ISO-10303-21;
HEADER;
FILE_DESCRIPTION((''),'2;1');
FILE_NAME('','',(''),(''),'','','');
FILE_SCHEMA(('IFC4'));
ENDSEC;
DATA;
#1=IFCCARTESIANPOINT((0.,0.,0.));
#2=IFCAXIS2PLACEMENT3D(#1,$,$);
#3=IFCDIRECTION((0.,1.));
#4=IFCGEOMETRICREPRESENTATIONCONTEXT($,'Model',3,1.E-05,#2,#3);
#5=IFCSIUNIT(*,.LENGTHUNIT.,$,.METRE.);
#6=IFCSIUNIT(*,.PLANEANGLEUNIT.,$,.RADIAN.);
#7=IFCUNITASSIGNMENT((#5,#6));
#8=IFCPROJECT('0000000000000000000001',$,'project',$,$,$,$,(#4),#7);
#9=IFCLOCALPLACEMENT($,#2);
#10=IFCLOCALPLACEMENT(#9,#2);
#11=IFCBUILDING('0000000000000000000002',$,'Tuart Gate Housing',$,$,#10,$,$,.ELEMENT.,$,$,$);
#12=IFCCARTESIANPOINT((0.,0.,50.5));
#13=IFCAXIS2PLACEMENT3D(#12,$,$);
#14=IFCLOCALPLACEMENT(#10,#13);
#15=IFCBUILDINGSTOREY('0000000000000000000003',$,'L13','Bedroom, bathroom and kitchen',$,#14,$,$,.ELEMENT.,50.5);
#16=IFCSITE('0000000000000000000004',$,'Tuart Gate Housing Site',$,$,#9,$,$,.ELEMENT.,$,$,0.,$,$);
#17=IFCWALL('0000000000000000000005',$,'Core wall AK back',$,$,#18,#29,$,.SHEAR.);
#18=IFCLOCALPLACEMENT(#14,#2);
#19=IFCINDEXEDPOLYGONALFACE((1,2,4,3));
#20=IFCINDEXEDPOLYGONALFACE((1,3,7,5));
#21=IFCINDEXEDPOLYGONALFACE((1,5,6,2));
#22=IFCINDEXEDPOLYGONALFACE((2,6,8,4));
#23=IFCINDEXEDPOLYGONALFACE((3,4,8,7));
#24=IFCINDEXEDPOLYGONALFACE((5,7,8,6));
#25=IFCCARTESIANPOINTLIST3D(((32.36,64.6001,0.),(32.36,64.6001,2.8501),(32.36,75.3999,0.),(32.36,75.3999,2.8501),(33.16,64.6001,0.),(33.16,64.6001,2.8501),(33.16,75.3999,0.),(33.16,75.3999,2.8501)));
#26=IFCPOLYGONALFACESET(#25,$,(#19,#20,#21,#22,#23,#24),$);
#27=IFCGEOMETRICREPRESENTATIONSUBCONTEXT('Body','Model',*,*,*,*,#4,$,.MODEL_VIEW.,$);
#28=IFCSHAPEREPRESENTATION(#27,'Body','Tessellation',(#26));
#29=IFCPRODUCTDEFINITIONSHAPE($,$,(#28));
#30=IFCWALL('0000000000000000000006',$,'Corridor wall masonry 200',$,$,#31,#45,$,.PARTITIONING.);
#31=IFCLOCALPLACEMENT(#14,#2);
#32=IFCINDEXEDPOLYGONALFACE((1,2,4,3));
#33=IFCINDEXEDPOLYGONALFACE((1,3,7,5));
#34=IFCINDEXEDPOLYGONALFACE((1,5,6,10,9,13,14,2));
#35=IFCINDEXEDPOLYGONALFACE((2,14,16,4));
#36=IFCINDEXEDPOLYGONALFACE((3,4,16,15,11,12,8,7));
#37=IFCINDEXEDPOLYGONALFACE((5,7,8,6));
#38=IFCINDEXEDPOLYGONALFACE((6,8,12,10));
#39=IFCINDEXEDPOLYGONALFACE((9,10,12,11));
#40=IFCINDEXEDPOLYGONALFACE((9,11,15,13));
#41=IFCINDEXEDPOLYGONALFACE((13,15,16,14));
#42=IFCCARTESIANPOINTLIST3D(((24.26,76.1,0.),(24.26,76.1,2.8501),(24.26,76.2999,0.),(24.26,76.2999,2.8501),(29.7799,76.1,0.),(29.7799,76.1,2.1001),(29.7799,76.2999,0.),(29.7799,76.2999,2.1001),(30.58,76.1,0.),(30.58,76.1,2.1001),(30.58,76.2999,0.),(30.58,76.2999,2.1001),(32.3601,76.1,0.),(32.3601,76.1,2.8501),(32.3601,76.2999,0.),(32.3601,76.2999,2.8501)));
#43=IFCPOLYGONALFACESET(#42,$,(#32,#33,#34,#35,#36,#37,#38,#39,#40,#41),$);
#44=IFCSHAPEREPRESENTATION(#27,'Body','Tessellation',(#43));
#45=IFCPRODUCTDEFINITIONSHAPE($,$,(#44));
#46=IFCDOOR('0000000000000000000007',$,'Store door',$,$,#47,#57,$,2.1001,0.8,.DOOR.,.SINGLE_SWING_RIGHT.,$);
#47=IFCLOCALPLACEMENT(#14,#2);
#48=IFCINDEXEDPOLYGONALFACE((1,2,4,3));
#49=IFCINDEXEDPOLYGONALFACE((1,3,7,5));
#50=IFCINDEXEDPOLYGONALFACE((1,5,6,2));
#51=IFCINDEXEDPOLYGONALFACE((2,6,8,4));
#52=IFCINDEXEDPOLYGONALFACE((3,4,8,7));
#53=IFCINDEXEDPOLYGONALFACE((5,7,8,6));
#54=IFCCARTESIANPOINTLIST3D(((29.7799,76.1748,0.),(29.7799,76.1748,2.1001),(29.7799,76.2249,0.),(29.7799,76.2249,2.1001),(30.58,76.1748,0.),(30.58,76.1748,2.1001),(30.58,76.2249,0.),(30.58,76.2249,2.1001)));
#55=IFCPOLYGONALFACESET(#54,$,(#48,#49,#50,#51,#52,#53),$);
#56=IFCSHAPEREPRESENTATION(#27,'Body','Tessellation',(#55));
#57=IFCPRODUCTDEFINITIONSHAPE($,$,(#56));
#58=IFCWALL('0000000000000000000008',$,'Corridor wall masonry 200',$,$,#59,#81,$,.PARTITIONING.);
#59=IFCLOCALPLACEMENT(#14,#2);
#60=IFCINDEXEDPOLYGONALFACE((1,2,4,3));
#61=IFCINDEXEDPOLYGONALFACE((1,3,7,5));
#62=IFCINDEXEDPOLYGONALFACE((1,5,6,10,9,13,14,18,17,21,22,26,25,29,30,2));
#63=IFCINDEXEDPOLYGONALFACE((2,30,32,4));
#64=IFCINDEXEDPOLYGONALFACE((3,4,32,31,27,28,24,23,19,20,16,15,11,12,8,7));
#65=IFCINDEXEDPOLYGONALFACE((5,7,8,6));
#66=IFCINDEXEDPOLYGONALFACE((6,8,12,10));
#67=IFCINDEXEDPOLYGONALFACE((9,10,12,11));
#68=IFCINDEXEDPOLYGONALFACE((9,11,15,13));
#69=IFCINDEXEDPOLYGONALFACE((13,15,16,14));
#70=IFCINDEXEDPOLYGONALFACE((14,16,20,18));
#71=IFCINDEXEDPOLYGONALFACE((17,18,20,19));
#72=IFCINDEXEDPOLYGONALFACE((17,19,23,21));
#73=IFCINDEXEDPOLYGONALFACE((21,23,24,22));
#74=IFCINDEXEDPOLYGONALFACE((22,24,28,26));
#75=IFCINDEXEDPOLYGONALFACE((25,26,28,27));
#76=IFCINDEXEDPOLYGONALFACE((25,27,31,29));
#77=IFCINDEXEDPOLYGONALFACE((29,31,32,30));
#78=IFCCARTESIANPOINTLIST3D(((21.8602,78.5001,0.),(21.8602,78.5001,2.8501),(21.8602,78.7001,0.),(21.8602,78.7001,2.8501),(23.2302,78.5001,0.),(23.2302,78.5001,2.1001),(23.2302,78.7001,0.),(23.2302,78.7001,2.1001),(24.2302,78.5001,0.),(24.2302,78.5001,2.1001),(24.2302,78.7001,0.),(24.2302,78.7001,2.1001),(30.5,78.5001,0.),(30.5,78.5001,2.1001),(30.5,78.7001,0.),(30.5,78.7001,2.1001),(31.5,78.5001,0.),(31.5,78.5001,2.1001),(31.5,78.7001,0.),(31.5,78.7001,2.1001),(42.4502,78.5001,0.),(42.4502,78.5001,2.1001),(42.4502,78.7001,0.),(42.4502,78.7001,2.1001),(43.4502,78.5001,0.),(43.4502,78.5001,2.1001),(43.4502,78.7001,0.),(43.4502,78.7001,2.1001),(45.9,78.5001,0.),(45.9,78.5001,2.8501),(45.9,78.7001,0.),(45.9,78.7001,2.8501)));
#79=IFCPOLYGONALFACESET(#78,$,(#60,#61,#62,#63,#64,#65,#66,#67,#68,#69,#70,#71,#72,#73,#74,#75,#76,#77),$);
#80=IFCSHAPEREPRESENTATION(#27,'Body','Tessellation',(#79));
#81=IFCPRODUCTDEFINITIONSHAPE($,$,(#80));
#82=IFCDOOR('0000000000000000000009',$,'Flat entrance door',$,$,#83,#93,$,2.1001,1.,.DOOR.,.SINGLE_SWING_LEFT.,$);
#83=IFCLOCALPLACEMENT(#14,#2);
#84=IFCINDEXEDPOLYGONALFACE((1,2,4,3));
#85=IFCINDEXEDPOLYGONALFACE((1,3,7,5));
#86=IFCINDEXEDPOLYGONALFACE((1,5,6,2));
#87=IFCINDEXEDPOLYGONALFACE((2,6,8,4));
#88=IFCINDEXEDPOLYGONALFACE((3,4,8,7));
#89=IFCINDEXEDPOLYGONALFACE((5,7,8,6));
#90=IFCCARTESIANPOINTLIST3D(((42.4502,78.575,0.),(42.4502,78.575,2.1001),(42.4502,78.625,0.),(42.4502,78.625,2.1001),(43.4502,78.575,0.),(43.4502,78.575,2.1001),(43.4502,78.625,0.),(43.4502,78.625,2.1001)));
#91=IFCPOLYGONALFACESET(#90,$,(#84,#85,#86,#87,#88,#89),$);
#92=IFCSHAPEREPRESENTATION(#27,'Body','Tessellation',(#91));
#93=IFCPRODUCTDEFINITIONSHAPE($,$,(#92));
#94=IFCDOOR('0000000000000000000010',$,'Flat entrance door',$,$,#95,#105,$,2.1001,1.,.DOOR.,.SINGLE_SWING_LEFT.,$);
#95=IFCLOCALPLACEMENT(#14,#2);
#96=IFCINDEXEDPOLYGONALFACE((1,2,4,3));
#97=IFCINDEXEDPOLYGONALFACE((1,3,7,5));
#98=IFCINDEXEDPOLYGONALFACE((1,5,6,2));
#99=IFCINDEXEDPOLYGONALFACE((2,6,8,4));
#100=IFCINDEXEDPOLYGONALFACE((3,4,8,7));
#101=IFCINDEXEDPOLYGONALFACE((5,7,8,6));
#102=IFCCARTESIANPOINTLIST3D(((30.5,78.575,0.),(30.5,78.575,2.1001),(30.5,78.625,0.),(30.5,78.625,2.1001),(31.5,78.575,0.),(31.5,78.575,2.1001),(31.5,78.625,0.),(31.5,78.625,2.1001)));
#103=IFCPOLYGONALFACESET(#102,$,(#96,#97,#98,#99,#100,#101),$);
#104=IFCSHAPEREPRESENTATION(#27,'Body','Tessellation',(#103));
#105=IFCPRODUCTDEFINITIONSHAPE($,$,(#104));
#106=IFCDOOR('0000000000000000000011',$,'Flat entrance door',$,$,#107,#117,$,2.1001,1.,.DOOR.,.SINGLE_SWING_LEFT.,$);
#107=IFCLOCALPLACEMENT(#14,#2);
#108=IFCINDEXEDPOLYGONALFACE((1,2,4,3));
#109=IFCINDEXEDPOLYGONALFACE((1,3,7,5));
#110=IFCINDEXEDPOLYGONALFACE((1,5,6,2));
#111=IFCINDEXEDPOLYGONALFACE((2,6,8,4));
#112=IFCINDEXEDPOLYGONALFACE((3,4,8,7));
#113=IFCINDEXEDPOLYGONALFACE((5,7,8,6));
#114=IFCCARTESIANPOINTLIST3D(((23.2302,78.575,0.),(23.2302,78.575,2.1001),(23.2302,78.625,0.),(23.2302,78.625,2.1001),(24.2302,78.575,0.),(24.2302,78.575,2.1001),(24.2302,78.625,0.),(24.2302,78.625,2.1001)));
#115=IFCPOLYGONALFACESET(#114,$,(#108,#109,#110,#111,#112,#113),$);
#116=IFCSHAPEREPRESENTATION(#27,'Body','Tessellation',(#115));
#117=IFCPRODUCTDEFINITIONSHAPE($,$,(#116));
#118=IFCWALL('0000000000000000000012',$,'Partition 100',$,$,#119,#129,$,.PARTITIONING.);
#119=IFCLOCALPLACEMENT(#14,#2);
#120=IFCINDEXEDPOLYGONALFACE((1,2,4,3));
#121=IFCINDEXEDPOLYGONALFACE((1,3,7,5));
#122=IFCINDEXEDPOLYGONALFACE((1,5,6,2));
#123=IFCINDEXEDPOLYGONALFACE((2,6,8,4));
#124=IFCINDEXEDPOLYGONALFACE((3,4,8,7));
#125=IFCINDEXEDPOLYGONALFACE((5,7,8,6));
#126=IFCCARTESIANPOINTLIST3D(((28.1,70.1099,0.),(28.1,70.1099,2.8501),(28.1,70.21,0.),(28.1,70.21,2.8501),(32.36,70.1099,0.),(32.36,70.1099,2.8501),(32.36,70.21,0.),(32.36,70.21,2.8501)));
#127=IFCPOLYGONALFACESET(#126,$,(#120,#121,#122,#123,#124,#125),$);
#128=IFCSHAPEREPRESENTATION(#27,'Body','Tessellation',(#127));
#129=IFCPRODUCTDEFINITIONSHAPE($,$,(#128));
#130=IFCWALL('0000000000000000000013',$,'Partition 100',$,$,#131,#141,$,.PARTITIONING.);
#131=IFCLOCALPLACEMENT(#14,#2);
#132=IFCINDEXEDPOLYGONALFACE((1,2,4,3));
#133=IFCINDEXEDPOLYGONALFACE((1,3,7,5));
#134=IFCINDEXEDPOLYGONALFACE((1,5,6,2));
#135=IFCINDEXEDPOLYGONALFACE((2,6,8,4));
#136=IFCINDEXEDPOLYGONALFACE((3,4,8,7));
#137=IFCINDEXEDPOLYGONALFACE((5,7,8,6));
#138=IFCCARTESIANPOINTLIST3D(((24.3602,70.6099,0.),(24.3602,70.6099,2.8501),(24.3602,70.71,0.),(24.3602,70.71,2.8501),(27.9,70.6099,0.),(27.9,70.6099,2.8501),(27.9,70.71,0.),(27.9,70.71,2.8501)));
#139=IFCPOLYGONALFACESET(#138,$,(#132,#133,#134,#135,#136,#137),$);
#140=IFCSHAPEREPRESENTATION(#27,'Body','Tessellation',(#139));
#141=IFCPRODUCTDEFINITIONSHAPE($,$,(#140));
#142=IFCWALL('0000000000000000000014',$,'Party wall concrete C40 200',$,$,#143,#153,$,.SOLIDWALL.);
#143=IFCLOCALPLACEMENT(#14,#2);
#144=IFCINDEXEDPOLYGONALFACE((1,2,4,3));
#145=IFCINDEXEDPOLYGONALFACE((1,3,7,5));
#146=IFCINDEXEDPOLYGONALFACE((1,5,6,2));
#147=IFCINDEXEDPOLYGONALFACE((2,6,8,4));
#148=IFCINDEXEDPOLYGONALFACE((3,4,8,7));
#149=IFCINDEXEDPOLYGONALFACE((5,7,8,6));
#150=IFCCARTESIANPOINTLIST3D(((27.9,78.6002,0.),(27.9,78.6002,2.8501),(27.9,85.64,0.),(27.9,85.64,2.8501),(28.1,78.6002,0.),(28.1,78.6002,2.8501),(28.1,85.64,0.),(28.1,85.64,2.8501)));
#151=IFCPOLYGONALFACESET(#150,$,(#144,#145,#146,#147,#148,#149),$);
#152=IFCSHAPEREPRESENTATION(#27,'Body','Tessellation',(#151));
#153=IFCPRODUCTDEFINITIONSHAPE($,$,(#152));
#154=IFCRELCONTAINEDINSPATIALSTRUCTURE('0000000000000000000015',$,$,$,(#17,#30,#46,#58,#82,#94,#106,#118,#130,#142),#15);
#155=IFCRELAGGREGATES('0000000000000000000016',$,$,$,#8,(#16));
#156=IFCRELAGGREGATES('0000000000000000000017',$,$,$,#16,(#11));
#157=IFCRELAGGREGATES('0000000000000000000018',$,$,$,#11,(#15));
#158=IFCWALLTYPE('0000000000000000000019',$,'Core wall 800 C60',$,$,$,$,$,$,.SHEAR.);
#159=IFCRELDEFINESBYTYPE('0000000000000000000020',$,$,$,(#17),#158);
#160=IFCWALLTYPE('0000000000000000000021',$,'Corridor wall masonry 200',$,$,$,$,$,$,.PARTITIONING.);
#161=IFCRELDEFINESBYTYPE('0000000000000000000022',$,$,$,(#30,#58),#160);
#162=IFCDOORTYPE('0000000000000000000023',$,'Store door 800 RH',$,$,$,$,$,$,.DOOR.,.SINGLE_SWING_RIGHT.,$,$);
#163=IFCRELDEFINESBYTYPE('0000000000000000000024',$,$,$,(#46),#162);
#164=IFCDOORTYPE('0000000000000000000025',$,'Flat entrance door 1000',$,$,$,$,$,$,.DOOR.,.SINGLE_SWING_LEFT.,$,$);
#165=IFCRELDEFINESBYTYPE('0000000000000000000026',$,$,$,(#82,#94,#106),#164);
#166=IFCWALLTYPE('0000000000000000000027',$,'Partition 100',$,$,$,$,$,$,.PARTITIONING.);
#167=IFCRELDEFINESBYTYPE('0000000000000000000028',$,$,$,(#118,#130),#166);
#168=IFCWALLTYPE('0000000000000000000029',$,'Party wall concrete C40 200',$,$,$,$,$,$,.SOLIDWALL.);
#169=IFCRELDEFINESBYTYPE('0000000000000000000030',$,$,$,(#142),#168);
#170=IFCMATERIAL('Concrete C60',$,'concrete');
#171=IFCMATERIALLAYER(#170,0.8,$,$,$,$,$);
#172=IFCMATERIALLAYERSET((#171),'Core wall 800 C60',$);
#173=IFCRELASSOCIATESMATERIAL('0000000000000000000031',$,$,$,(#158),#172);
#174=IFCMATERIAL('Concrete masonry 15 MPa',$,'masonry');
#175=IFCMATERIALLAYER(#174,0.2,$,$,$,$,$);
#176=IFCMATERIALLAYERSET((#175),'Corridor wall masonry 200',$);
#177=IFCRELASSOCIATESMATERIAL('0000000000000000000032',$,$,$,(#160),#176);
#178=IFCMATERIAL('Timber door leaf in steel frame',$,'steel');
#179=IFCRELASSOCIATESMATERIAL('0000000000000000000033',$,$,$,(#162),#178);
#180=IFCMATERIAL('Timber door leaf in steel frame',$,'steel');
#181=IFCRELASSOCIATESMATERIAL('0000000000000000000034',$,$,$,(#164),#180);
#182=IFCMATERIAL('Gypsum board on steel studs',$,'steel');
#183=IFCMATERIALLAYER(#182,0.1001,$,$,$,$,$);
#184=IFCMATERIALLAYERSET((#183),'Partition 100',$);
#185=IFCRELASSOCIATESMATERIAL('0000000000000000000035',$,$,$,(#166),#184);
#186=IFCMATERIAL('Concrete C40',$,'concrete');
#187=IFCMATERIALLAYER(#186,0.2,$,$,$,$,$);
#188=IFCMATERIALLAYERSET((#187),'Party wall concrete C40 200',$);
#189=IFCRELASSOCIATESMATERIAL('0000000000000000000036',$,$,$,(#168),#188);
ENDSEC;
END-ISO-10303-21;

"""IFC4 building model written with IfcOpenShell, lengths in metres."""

from ifc_helpers import new_model, si_unit, direction, frame, frame_2d, origin, place, context, subcontext, project, spatial, rectangle, extrude, material, layer, layer_set, type_object, element, fill, save


model = new_model("IFC4")

# Units and contexts
model_context = context("Model", 3, precision=1e-05, world=origin(), true_north=direction((0.0, 1.0)))
body_context = subcontext(model_context, "Body", "Model", "MODEL_VIEW")
ifc_project = project(units=[si_unit("LENGTHUNIT", "METRE"), si_unit("PLANEANGLEUNIT", "RADIAN")], contexts=[model_context])

# Site, building, storey
site_placement = place(None, origin())
site = spatial("IfcSite", under=ifc_project, at=site_placement, Name="Tuart Gate Housing Site", CompositionType="ELEMENT", RefElevation=0.0)
building_placement = place(site_placement, origin())
building = spatial("IfcBuilding", under=site, at=building_placement, Name="Tuart Gate Housing", CompositionType="ELEMENT")
storey_placement = place(building_placement, frame((0.0, 0.0, 50.5)))
storey = spatial("IfcBuildingStorey", under=building, at=storey_placement, Name="L13", Description="Bedroom, bathroom and kitchen", CompositionType="ELEMENT", Elevation=50.5)

# Wall
ifc_material_1 = material(Name="Concrete C60", Category="concrete")
ifc_layer_1 = layer(ifc_material_1, 0.8)
ifc_layer_set_1 = layer_set([ifc_layer_1], Name="Core wall 800 C60")
wall_type_1 = type_object("IfcWallType", Name="Core wall 800 C60", PredefinedType="SHEAR", material=ifc_layer_set_1)
wall_1_placement = place(storey_placement, frame((32.76, 75.3999, 0.0), z_axis=(0.0, 0.0, 1.0), x_axis=(0.0, -1.0, 0.0)))
element("IfcWall", 1, at=wall_1_placement, inside=storey, type_object=wall_type_1, Name="Core wall AK back", PredefinedType="SHEAR", context=body_context, shape_type="SweptSolid", body=[
    extrude(rectangle(XDim=10.7998, YDim=0.8, at=frame_2d((5.3999, 0.0))), origin(), (0.0, 0.0, 1.0), 2.8501),
])

# Wall, opening, door
ifc_material_2 = material(Name="Concrete masonry 15 MPa", Category="masonry")
ifc_layer_2 = layer(ifc_material_2, 0.2)
ifc_layer_set_2 = layer_set([ifc_layer_2], Name="Corridor wall masonry 200")
wall_type_2 = type_object("IfcWallType", Name="Corridor wall masonry 200", PredefinedType="PARTITIONING", material=ifc_layer_set_2)
wall_2_placement = place(storey_placement, frame((24.26, 76.2, 0.0), z_axis=(0.0, 0.0, 1.0), x_axis=(1.0, 0.0, 0.0)))
wall_2 = element("IfcWall", 2, at=wall_2_placement, inside=storey, type_object=wall_type_2, Name="Corridor wall masonry 200", PredefinedType="PARTITIONING", context=body_context, shape_type="SweptSolid", body=[
    extrude(rectangle(XDim=8.1001, YDim=0.2, at=frame_2d((4.05, 0.0))), origin(), (0.0, 0.0, 1.0), 2.8501),
])
opening_1_placement = place(wall_2_placement, frame((5.52, 0.0, 0.0)))
opening_1 = element("IfcOpeningElement", 3, at=opening_1_placement, cuts=wall_2, PredefinedType="OPENING", context=body_context, shape_type="SweptSolid", body=[
    extrude(rectangle(XDim=0.8, YDim=2.1001, at=frame_2d((0.3999, 1.05))), frame((0.0, 0.1099, 0.0), z_axis=(0.0, -1.0, 0.0), x_axis=(1.0, 0.0, 0.0)), (0.0, 0.0, 1.0), 0.22),
])
ifc_material_3 = material(Name="Timber door leaf in steel frame", Category="steel")
door_type_1 = type_object("IfcDoorType", Name="Store door 800 RH", OperationType="SINGLE_SWING_RIGHT", PredefinedType="DOOR", material=ifc_material_3)
door_1_placement = place(opening_1_placement, frame((0.8, 0.0, 0.0), z_axis=(0.0, 0.0, 1.0), x_axis=(-1.0, 0.0, 0.0)))
door_1 = element("IfcDoor", 4, at=door_1_placement, inside=storey, type_object=door_type_1, Name="Store door", OperationType="SINGLE_SWING_RIGHT", OverallHeight=2.1001, OverallWidth=0.8, PredefinedType="DOOR", context=body_context, shape_type="SweptSolid", body=[
    extrude(rectangle(XDim=0.8, YDim=2.1001, at=frame_2d((0.4001, 1.05))), frame((0.0, 0.0251, 0.0), z_axis=(0.0, -1.0, 0.0), x_axis=(1.0, 0.0, 0.0)), (0.0, 0.0, 1.0), 0.05),
])
fill(opening_1, door_1)

# Wall, openings, doors
wall_3_placement = place(storey_placement, frame((21.8601, 78.6001, 0.0), z_axis=(0.0, 0.0, 1.0), x_axis=(1.0, 0.0, 0.0)))
wall_3 = element("IfcWall", 5, at=wall_3_placement, inside=storey, type_object=wall_type_2, Name="Corridor wall masonry 200", PredefinedType="PARTITIONING", context=body_context, shape_type="SweptSolid", body=[
    extrude(rectangle(XDim=24.0398, YDim=0.2, at=frame_2d((12.02, 0.0))), origin(), (0.0, 0.0, 1.0), 2.8501),
])
opening_2_placement = place(wall_3_placement, frame((20.5901, 0.0, 0.0)))
opening_2 = element("IfcOpeningElement", 6, at=opening_2_placement, cuts=wall_3, PredefinedType="OPENING", context=body_context, shape_type="SweptSolid", body=[
    extrude(rectangle(XDim=1.0, YDim=2.1001, at=frame_2d((0.5, 1.05))), frame((0.0, 0.1099, 0.0), z_axis=(0.0, -1.0, 0.0), x_axis=(1.0, 0.0, 0.0)), (0.0, 0.0, 1.0), 0.22),
])
opening_3_placement = place(wall_3_placement, frame((8.6399, 0.0, 0.0)))
opening_3 = element("IfcOpeningElement", 7, at=opening_3_placement, cuts=wall_3, PredefinedType="OPENING", context=body_context, shape_type="SweptSolid", body=[
    extrude(rectangle(XDim=1.0, YDim=2.1001, at=frame_2d((0.5, 1.05))), frame((0.0, 0.1099, 0.0), z_axis=(0.0, -1.0, 0.0), x_axis=(1.0, 0.0, 0.0)), (0.0, 0.0, 1.0), 0.22),
])
opening_4_placement = place(wall_3_placement, frame((1.3701, 0.0, 0.0)))
opening_4 = element("IfcOpeningElement", 8, at=opening_4_placement, cuts=wall_3, PredefinedType="OPENING", context=body_context, shape_type="SweptSolid", body=[
    extrude(rectangle(XDim=1.0, YDim=2.1001, at=frame_2d((0.5, 1.05))), frame((0.0, 0.1099, 0.0), z_axis=(0.0, -1.0, 0.0), x_axis=(1.0, 0.0, 0.0)), (0.0, 0.0, 1.0), 0.22),
])
ifc_material_4 = material(Name="Timber door leaf in steel frame", Category="steel")
door_type_2 = type_object("IfcDoorType", Name="Flat entrance door 1000", OperationType="SINGLE_SWING_LEFT", PredefinedType="DOOR", material=ifc_material_4)
door_2_placement = place(opening_2_placement, origin())
door_2 = element("IfcDoor", 9, at=door_2_placement, inside=storey, type_object=door_type_2, Name="Flat entrance door", OperationType="SINGLE_SWING_LEFT", OverallHeight=2.1001, OverallWidth=1.0, PredefinedType="DOOR", context=body_context, shape_type="SweptSolid", body=[
    extrude(rectangle(XDim=1.0, YDim=2.1001, at=frame_2d((0.5, 1.05))), frame((0.0, 0.0249, 0.0), z_axis=(0.0, -1.0, 0.0), x_axis=(1.0, 0.0, 0.0)), (0.0, 0.0, 1.0), 0.05),
])
fill(opening_2, door_2)
door_3_placement = place(opening_3_placement, origin())
door_3 = element("IfcDoor", 10, at=door_3_placement, inside=storey, type_object=door_type_2, Name="Flat entrance door", OperationType="SINGLE_SWING_LEFT", OverallHeight=2.1001, OverallWidth=1.0, PredefinedType="DOOR", context=body_context, shape_type="SweptSolid", body=[
    extrude(rectangle(XDim=1.0, YDim=2.1001, at=frame_2d((0.5, 1.05))), frame((0.0, 0.0249, 0.0), z_axis=(0.0, -1.0, 0.0), x_axis=(1.0, 0.0, 0.0)), (0.0, 0.0, 1.0), 0.05),
])
fill(opening_3, door_3)
door_4_placement = place(opening_4_placement, origin())
door_4 = element("IfcDoor", 11, at=door_4_placement, inside=storey, type_object=door_type_2, Name="Flat entrance door", OperationType="SINGLE_SWING_LEFT", OverallHeight=2.1001, OverallWidth=1.0, PredefinedType="DOOR", context=body_context, shape_type="SweptSolid", body=[
    extrude(rectangle(XDim=1.0, YDim=2.1001, at=frame_2d((0.5, 1.05))), frame((0.0, 0.0249, 0.0), z_axis=(0.0, -1.0, 0.0), x_axis=(1.0, 0.0, 0.0)), (0.0, 0.0, 1.0), 0.05),
])
fill(opening_4, door_4)

# Walls
ifc_material_5 = material(Name="Gypsum board on steel studs", Category="steel")
ifc_layer_3 = layer(ifc_material_5, 0.1001)
ifc_layer_set_3 = layer_set([ifc_layer_3], Name="Partition 100")
wall_type_3 = type_object("IfcWallType", Name="Partition 100", PredefinedType="PARTITIONING", material=ifc_layer_set_3)
wall_4_placement = place(storey_placement, frame((28.1001, 70.1599, 0.0), z_axis=(0.0, 0.0, 1.0), x_axis=(1.0, 0.0, 0.0)))
element("IfcWall", 12, at=wall_4_placement, inside=storey, type_object=wall_type_3, Name="Partition 100", PredefinedType="PARTITIONING", context=body_context, shape_type="SweptSolid", body=[
    extrude(rectangle(XDim=4.26, YDim=0.1001, at=frame_2d((2.1299, 0.0))), origin(), (0.0, 0.0, 1.0), 2.8501),
])
wall_5_placement = place(storey_placement, frame((24.3601, 70.6599, 0.0), z_axis=(0.0, 0.0, 1.0), x_axis=(1.0, 0.0, 0.0)))
element("IfcWall", 13, at=wall_5_placement, inside=storey, type_object=wall_type_3, Name="Partition 100", PredefinedType="PARTITIONING", context=body_context, shape_type="SweptSolid", body=[
    extrude(rectangle(XDim=3.5398, YDim=0.1001, at=frame_2d((1.77, 0.0))), origin(), (0.0, 0.0, 1.0), 2.8501),
])
ifc_material_6 = material(Name="Concrete C40", Category="concrete")
ifc_layer_4 = layer(ifc_material_6, 0.2)
ifc_layer_set_4 = layer_set([ifc_layer_4], Name="Party wall concrete C40 200")
wall_type_4 = type_object("IfcWallType", Name="Party wall concrete C40 200", PredefinedType="SOLIDWALL", material=ifc_layer_set_4)
wall_6_placement = place(storey_placement, frame((28.0, 78.6001, 0.0), z_axis=(0.0, 0.0, 1.0), x_axis=(0.0, 1.0, 0.0)))
element("IfcWall", 14, at=wall_6_placement, inside=storey, type_object=wall_type_4, Name="Party wall concrete C40 200", PredefinedType="SOLIDWALL", context=body_context, shape_type="SweptSolid", body=[
    extrude(rectangle(XDim=7.0398, YDim=0.2, at=frame_2d((3.52, 0.0))), origin(), (0.0, 0.0, 1.0), 2.8501),
])

save(model, "model.ifc")
